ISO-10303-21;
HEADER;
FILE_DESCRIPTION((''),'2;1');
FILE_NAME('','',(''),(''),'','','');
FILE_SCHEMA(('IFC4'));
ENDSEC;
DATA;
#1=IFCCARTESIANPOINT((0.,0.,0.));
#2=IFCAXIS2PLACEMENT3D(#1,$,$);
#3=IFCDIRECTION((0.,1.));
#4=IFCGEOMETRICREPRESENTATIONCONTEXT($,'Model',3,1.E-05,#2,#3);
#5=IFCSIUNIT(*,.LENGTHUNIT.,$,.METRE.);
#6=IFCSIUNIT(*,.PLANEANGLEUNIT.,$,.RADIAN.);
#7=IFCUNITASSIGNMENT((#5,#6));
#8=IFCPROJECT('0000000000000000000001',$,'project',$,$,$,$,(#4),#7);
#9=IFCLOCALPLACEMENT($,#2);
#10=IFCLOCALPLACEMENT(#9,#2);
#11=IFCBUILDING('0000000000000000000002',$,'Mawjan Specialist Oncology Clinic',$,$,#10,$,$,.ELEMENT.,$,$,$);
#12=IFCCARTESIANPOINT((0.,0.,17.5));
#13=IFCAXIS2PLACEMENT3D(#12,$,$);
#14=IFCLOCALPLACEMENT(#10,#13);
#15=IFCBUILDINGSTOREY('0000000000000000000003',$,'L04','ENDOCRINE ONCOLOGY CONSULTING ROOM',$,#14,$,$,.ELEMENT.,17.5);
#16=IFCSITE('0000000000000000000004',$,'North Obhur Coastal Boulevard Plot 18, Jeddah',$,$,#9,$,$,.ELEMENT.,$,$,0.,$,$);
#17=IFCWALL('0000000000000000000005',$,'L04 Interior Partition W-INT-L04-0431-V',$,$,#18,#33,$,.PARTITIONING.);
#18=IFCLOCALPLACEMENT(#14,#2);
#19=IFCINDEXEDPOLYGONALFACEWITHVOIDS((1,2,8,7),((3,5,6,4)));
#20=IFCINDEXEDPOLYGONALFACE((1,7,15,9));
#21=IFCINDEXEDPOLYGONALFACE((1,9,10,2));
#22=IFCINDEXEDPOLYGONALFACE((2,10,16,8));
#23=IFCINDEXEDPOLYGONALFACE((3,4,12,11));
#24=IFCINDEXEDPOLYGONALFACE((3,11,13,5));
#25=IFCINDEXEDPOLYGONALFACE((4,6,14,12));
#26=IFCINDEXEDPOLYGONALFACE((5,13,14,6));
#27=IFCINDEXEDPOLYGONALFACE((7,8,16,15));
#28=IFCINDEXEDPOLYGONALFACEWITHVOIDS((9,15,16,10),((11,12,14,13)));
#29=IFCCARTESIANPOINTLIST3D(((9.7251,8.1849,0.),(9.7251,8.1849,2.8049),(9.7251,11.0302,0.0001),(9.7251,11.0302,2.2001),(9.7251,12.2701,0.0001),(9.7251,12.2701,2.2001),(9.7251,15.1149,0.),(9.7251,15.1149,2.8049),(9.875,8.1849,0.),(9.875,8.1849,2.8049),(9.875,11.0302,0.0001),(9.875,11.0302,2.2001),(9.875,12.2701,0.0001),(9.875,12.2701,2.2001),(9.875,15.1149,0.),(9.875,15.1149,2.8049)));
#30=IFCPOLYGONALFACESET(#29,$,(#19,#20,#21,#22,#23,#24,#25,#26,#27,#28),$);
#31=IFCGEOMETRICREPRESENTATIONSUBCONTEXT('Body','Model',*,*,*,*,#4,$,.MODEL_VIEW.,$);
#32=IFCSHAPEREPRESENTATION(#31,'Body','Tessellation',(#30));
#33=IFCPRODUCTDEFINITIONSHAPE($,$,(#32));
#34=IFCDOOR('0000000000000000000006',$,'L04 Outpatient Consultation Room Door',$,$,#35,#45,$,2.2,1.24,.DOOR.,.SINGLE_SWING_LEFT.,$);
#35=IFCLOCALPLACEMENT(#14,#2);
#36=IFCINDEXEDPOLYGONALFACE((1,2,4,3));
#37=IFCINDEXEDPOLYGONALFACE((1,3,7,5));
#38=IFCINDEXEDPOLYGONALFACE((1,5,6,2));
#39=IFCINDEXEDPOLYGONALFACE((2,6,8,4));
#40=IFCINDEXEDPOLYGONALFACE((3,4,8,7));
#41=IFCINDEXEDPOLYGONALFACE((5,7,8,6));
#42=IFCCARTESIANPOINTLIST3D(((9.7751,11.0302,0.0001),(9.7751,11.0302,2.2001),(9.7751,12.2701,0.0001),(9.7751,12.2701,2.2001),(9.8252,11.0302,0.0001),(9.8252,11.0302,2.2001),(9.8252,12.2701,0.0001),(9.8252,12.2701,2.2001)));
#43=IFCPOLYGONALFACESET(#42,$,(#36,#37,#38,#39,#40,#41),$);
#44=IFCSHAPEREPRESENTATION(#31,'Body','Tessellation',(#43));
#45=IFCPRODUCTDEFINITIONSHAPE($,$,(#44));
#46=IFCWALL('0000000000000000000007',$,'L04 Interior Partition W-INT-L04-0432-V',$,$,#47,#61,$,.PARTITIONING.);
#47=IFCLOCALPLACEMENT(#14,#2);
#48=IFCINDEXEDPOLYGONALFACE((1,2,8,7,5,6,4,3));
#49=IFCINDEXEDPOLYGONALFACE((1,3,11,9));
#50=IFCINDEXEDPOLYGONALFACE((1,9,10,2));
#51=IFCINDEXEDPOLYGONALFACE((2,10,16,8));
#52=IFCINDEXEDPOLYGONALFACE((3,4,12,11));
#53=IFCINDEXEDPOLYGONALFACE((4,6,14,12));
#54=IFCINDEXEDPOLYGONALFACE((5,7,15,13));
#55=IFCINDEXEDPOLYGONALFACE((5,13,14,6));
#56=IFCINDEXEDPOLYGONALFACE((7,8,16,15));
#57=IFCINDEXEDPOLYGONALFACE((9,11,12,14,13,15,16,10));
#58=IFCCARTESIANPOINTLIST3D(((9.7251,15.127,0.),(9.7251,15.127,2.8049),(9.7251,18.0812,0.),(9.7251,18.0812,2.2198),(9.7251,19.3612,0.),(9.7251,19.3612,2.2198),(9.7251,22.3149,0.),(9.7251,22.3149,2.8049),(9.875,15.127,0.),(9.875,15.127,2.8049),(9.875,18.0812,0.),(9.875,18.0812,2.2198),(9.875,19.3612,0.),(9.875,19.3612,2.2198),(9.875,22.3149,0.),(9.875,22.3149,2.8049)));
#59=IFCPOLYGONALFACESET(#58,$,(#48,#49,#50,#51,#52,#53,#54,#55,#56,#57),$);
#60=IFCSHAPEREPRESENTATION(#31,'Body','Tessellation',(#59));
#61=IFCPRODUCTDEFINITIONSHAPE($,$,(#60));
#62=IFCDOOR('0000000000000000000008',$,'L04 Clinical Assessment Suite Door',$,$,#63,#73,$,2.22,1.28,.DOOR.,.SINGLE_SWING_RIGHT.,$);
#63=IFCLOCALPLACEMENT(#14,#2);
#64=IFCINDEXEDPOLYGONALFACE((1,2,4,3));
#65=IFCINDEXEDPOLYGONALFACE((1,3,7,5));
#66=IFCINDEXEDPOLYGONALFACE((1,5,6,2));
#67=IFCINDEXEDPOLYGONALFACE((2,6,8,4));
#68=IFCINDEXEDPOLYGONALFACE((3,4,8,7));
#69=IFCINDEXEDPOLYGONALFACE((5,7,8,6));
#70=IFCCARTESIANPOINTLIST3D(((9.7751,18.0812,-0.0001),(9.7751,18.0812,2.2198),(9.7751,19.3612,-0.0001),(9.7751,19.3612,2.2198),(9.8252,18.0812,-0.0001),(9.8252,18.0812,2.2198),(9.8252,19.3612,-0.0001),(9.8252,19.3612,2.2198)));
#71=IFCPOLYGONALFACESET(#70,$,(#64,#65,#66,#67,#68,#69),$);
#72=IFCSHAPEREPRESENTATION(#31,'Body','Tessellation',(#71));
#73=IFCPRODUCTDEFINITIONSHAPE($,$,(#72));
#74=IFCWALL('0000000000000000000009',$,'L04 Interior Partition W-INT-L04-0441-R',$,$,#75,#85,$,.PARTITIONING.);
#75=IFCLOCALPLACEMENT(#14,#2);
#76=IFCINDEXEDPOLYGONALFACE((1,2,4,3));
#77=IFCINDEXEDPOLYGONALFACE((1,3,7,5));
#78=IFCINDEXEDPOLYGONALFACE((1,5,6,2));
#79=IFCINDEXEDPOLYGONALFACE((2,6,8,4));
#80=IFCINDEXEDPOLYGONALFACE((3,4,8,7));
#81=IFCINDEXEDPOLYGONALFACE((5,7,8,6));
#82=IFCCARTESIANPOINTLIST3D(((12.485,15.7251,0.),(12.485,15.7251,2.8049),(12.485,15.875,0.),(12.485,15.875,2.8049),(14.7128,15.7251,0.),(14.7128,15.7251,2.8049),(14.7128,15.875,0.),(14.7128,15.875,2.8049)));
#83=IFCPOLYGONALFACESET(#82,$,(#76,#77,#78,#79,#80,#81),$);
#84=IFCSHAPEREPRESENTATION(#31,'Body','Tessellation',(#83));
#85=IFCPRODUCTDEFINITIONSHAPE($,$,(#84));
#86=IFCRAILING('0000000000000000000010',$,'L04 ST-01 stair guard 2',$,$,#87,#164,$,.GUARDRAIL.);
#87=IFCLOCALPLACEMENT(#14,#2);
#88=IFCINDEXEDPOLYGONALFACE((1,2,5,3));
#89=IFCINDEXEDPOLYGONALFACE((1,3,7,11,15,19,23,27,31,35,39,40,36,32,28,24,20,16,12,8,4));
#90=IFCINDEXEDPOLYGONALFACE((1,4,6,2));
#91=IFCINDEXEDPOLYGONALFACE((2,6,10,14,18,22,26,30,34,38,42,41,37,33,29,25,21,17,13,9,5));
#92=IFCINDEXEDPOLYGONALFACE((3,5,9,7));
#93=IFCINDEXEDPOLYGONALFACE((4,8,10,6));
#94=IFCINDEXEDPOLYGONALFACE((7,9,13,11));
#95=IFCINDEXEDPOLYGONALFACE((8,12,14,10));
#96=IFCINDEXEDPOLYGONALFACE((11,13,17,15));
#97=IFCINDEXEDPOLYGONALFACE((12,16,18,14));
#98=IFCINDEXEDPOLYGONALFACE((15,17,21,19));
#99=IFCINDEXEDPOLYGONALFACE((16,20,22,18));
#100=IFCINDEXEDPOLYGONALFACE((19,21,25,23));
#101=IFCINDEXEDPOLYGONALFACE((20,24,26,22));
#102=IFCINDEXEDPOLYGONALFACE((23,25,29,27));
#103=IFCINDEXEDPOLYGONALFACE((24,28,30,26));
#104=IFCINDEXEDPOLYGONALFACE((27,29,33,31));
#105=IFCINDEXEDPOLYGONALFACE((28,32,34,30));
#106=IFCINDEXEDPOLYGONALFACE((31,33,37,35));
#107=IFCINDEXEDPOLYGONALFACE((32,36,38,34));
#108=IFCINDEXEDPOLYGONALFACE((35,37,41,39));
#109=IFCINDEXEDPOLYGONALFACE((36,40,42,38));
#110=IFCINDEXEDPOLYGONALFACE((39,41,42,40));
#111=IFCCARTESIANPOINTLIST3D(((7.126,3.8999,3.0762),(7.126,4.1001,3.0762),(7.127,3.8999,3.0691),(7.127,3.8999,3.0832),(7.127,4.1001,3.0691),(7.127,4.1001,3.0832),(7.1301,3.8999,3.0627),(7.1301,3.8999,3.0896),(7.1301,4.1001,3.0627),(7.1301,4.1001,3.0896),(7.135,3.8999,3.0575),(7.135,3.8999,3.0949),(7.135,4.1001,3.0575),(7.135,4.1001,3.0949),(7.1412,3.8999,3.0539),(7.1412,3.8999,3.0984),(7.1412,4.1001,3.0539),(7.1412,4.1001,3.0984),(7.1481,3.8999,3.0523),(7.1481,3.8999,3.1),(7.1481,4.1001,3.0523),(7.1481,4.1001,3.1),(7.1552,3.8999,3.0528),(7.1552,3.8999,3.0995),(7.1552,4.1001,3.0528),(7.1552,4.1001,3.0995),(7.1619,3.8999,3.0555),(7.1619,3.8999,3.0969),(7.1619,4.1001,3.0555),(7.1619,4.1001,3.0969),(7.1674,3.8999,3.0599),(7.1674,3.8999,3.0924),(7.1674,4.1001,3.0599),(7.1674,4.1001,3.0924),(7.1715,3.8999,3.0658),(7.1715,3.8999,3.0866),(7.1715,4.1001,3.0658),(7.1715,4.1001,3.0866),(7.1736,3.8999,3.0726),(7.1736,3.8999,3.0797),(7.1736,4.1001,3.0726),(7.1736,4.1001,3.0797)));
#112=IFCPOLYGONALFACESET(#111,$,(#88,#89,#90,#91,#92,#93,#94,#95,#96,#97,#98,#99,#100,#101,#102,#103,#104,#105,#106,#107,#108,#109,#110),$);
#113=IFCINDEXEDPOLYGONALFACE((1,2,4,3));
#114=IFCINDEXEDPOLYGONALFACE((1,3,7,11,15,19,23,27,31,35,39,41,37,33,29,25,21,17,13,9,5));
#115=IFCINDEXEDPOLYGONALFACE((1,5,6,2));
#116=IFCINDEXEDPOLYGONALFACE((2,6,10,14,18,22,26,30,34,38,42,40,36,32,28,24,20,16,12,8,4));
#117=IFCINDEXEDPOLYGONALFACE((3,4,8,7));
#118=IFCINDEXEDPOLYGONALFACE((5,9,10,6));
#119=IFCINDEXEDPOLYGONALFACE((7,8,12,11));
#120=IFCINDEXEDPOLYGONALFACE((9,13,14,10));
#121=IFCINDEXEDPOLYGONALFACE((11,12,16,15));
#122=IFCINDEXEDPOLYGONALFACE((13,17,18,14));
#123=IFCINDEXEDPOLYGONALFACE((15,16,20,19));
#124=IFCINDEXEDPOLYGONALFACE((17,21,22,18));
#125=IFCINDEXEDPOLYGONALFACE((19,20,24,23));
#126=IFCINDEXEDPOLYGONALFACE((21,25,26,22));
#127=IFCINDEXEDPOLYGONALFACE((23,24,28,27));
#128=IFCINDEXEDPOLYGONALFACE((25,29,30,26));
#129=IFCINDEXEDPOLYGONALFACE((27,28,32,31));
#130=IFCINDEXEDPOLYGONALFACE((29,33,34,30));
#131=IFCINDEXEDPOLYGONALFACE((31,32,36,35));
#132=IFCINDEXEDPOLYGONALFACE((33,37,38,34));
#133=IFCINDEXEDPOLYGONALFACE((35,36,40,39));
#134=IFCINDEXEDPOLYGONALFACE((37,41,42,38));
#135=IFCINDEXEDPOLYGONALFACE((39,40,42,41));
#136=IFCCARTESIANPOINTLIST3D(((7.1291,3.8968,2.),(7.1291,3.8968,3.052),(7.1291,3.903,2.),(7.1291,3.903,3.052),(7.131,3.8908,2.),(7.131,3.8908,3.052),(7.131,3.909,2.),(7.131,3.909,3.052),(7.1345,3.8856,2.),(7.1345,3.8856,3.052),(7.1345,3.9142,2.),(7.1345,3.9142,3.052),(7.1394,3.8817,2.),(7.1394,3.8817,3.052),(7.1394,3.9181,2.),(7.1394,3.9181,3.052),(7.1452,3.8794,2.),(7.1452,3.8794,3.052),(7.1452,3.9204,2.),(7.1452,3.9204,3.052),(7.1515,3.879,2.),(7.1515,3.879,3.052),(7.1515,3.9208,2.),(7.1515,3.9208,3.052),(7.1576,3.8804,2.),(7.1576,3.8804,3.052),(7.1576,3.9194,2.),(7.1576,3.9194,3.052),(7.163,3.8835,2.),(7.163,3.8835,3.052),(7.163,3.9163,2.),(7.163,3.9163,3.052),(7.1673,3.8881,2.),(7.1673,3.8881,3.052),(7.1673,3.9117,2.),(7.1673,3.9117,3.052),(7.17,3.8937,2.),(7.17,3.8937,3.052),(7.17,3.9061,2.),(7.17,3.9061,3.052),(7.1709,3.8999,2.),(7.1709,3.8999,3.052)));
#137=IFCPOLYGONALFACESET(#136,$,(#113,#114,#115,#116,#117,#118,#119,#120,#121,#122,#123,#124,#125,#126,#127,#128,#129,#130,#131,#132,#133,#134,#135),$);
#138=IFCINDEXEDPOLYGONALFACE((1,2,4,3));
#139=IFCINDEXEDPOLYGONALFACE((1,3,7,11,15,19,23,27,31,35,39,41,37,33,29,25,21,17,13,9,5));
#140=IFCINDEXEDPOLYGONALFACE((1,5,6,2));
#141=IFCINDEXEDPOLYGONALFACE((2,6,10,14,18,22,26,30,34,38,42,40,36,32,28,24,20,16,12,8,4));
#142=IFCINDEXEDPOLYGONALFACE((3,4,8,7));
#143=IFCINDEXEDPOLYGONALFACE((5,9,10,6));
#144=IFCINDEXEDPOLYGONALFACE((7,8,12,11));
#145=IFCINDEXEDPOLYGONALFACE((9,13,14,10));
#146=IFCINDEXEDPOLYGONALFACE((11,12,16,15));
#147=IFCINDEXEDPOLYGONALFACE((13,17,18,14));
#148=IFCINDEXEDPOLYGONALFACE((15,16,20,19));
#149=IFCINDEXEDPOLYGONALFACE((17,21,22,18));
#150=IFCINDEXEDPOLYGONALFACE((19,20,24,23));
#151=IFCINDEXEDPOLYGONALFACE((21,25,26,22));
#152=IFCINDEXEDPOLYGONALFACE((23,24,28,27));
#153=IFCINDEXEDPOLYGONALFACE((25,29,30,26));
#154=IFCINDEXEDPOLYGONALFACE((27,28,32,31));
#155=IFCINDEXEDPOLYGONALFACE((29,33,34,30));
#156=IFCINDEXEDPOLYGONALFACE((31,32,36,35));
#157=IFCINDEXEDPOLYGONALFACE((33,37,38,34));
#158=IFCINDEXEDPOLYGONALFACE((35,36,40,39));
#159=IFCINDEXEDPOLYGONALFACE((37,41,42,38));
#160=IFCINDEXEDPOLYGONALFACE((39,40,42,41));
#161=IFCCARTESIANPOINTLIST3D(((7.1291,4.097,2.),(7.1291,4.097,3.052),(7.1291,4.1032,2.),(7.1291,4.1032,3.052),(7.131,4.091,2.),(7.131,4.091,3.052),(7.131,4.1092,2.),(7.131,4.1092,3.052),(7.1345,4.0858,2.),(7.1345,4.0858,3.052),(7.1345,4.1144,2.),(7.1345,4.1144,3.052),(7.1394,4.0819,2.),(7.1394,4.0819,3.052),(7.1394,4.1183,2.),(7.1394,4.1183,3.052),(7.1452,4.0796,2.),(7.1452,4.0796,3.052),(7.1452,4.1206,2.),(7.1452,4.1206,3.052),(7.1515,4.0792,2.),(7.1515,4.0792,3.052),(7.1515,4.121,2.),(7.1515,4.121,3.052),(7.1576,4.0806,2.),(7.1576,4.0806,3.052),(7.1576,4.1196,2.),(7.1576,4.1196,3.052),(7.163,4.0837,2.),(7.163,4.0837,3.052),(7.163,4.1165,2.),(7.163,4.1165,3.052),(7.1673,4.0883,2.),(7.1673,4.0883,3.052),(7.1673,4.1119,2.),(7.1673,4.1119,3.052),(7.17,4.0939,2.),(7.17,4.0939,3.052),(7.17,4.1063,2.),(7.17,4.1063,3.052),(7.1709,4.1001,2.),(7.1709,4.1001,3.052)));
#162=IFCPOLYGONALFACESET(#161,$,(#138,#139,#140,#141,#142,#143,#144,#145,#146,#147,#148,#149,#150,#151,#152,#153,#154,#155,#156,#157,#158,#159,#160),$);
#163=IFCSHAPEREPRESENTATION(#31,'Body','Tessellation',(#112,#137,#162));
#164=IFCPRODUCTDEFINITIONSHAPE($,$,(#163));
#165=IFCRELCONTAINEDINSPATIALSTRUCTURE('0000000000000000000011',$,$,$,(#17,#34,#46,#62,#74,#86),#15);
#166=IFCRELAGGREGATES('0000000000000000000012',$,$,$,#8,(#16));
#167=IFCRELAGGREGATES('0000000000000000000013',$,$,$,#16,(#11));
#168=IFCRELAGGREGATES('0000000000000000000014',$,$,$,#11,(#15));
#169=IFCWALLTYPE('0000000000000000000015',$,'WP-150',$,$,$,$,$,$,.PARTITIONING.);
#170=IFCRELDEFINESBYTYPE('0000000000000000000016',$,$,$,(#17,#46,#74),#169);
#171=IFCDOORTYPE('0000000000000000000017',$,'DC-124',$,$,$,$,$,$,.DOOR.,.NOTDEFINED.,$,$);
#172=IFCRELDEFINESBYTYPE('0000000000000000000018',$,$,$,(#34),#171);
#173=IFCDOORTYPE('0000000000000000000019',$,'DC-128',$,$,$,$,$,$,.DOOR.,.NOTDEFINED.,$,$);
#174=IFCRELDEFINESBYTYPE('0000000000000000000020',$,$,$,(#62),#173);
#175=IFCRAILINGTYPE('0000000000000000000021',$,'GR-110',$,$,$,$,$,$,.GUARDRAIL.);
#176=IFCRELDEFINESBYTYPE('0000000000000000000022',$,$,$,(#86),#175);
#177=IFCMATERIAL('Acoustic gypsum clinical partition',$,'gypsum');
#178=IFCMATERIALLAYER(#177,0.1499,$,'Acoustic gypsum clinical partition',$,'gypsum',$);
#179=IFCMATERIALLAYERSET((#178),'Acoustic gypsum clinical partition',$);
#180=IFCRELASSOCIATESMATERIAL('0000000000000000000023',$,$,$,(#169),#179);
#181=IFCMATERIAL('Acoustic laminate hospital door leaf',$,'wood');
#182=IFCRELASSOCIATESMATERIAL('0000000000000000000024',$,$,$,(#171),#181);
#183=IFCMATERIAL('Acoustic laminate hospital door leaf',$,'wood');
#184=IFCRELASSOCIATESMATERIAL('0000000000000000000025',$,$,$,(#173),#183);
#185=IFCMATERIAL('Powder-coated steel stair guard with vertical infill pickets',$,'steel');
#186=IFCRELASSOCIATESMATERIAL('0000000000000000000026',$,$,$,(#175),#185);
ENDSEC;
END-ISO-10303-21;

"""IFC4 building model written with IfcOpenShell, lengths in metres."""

from ifc_helpers import new_model, si_unit, direction, frame, frame_2d, origin, origin_2d, place, context, subcontext, project, spatial, rectangle, circle, extrude, material, layer, layer_set, type_object, element, fill, save


model = new_model("IFC4")

# Units and contexts
model_context = context("Model", 3, precision=1e-05, world=origin(), true_north=direction((0.0, 1.0)))
body_context = subcontext(model_context, "Body", "Model", "MODEL_VIEW")
ifc_project = project(units=[si_unit("LENGTHUNIT", "METRE"), si_unit("PLANEANGLEUNIT", "RADIAN")], contexts=[model_context])

# Site, building, storey
site_placement = place(None, origin())
site = spatial("IfcSite", under=ifc_project, at=site_placement, Name="North Obhur Coastal Boulevard Plot 18, Jeddah", CompositionType="ELEMENT", RefElevation=0.0)
building_placement = place(site_placement, origin())
building = spatial("IfcBuilding", under=site, at=building_placement, Name="Mawjan Specialist Oncology Clinic", CompositionType="ELEMENT")
storey_placement = place(building_placement, frame((0.0, 0.0, 17.5)))
storey = spatial("IfcBuildingStorey", under=building, at=storey_placement, Name="L04", Description="ENDOCRINE ONCOLOGY CONSULTING ROOM", CompositionType="ELEMENT", Elevation=17.5)

# Walls, openings, doors
ifc_material_1 = material(Name="Acoustic gypsum clinical partition", Category="gypsum")
ifc_layer_1 = layer(ifc_material_1, 0.1499, Name="Acoustic gypsum clinical partition", Category="gypsum")
ifc_layer_set_1 = layer_set([ifc_layer_1], Name="Acoustic gypsum clinical partition")
wall_type_1 = type_object("IfcWallType", Name="WP-150", PredefinedType="PARTITIONING", material=ifc_layer_set_1)
wall_1_placement = place(storey_placement, frame((9.8, 8.1851, 0.0), z_axis=(0.0, 0.0, 1.0), x_axis=(0.0, 1.0, 0.0)))
wall_1 = element("IfcWall", 1, at=wall_1_placement, inside=storey, type_object=wall_type_1, Name="L04 Interior Partition W-INT-L04-0431-V", PredefinedType="PARTITIONING", context=body_context, shape_type="SweptSolid", body=[
    extrude(rectangle(XDim=6.9299, YDim=0.1499, at=frame_2d((3.4648, 0.0))), origin(), (0.0, 0.0, 1.0), 2.8049),
])
opening_1_placement = place(wall_1_placement, frame((2.845, 0.0, 0.0)))
opening_1 = element("IfcOpeningElement", 2, at=opening_1_placement, cuts=wall_1, PredefinedType="OPENING", context=body_context, shape_type="SweptSolid", body=[
    extrude(rectangle(XDim=1.24, YDim=2.2, at=frame_2d((0.6201, 1.1001))), frame((0.0, 0.0869, 0.0), z_axis=(0.0, -1.0, 0.0), x_axis=(1.0, 0.0, 0.0)), (0.0, 0.0, 1.0), 0.1738),
])
ifc_material_2 = material(Name="Acoustic laminate hospital door leaf", Category="wood")
door_type_1 = type_object("IfcDoorType", Name="DC-124", OperationType="NOTDEFINED", PredefinedType="DOOR", material=ifc_material_2)
door_1_placement = place(opening_1_placement, origin())
door_1 = element("IfcDoor", 3, at=door_1_placement, inside=storey, type_object=door_type_1, Name="L04 Outpatient Consultation Room Door", OperationType="SINGLE_SWING_LEFT", OverallHeight=2.2, OverallWidth=1.24, PredefinedType="DOOR", context=body_context, shape_type="SweptSolid", body=[
    extrude(rectangle(XDim=1.24, YDim=2.2, at=frame_2d((0.6201, 1.1001))), frame((0.0, 0.0249, 0.0), z_axis=(0.0, -1.0, 0.0), x_axis=(1.0, 0.0, 0.0)), (0.0, 0.0, 1.0), 0.05),
])
fill(opening_1, door_1)
wall_2_placement = place(storey_placement, frame((9.8, 15.127, 0.0), z_axis=(0.0, 0.0, 1.0), x_axis=(0.0, 1.0, 0.0)))
wall_2 = element("IfcWall", 4, at=wall_2_placement, inside=storey, type_object=wall_type_1, Name="L04 Interior Partition W-INT-L04-0432-V", PredefinedType="PARTITIONING", context=body_context, shape_type="SweptSolid", body=[
    extrude(rectangle(XDim=7.188, YDim=0.1499, at=frame_2d((3.594, 0.0))), origin(), (0.0, 0.0, 1.0), 2.8049),
])
opening_2_placement = place(wall_2_placement, frame((2.9541, 0.0, 0.0)))
opening_2 = element("IfcOpeningElement", 5, at=opening_2_placement, cuts=wall_2, PredefinedType="OPENING", context=body_context, shape_type="SweptSolid", body=[
    extrude(rectangle(XDim=1.28, YDim=2.22, at=frame_2d((0.6401, 1.1099))), frame((0.0, 0.0869, 0.0), z_axis=(0.0, -1.0, 0.0), x_axis=(1.0, 0.0, 0.0)), (0.0, 0.0, 1.0), 0.1738),
])
ifc_material_3 = material(Name="Acoustic laminate hospital door leaf", Category="wood")
door_type_2 = type_object("IfcDoorType", Name="DC-128", OperationType="NOTDEFINED", PredefinedType="DOOR", material=ifc_material_3)
door_2_placement = place(opening_2_placement, origin())
door_2 = element("IfcDoor", 6, at=door_2_placement, inside=storey, type_object=door_type_2, Name="L04 Clinical Assessment Suite Door", OperationType="SINGLE_SWING_RIGHT", OverallHeight=2.22, OverallWidth=1.28, PredefinedType="DOOR", context=body_context, shape_type="SweptSolid", body=[
    extrude(rectangle(XDim=1.28, YDim=2.22, at=frame_2d((0.6401, 1.1099))), frame((0.0, 0.0249, 0.0), z_axis=(0.0, -1.0, 0.0), x_axis=(1.0, 0.0, 0.0)), (0.0, 0.0, 1.0), 0.05),
])
fill(opening_2, door_2)

# Wall
wall_3_placement = place(storey_placement, frame((12.4851, 15.8, 0.0), z_axis=(0.0, 0.0, 1.0), x_axis=(1.0, 0.0, 0.0)))
element("IfcWall", 7, at=wall_3_placement, inside=storey, type_object=wall_type_1, Name="L04 Interior Partition W-INT-L04-0441-R", PredefinedType="PARTITIONING", context=body_context, shape_type="SweptSolid", body=[
    extrude(rectangle(XDim=2.2278, YDim=0.1499, at=frame_2d((1.1138, 0.0))), origin(), (0.0, 0.0, 1.0), 2.8049),
])

# Railing
ifc_material_4 = material(Name="Powder-coated steel stair guard with vertical infill pickets", Category="steel")
railing_type_1 = type_object("IfcRailingType", Name="GR-110", PredefinedType="GUARDRAIL", material=ifc_material_4)
railing_1_placement = place(storey_placement, frame((7.1499, 3.8999, 2.0)))
element("IfcRailing", 8, at=railing_1_placement, inside=storey, type_object=railing_type_1, Name="L04 ST-01 stair guard 2", PredefinedType="GUARDRAIL", context=body_context, shape_type="SweptSolid", body=[
    extrude(circle(Radius=0.0239, at=origin_2d()), frame((0.0, 0.0, 1.0762), z_axis=(0.0, 1.0, 0.0), x_axis=(-1.0, 0.0, 0.0)), (0.0, 0.0, 1.0), 0.2002),
    extrude(circle(Radius=0.021, at=origin_2d()), origin(), (0.0, 0.0, 1.0), 1.052),
    extrude(circle(Radius=0.021, at=origin_2d()), frame((0.0, 0.2002, 0.0)), (0.0, 0.0, 1.0), 1.052),
])

save(model, "model.ifc")
